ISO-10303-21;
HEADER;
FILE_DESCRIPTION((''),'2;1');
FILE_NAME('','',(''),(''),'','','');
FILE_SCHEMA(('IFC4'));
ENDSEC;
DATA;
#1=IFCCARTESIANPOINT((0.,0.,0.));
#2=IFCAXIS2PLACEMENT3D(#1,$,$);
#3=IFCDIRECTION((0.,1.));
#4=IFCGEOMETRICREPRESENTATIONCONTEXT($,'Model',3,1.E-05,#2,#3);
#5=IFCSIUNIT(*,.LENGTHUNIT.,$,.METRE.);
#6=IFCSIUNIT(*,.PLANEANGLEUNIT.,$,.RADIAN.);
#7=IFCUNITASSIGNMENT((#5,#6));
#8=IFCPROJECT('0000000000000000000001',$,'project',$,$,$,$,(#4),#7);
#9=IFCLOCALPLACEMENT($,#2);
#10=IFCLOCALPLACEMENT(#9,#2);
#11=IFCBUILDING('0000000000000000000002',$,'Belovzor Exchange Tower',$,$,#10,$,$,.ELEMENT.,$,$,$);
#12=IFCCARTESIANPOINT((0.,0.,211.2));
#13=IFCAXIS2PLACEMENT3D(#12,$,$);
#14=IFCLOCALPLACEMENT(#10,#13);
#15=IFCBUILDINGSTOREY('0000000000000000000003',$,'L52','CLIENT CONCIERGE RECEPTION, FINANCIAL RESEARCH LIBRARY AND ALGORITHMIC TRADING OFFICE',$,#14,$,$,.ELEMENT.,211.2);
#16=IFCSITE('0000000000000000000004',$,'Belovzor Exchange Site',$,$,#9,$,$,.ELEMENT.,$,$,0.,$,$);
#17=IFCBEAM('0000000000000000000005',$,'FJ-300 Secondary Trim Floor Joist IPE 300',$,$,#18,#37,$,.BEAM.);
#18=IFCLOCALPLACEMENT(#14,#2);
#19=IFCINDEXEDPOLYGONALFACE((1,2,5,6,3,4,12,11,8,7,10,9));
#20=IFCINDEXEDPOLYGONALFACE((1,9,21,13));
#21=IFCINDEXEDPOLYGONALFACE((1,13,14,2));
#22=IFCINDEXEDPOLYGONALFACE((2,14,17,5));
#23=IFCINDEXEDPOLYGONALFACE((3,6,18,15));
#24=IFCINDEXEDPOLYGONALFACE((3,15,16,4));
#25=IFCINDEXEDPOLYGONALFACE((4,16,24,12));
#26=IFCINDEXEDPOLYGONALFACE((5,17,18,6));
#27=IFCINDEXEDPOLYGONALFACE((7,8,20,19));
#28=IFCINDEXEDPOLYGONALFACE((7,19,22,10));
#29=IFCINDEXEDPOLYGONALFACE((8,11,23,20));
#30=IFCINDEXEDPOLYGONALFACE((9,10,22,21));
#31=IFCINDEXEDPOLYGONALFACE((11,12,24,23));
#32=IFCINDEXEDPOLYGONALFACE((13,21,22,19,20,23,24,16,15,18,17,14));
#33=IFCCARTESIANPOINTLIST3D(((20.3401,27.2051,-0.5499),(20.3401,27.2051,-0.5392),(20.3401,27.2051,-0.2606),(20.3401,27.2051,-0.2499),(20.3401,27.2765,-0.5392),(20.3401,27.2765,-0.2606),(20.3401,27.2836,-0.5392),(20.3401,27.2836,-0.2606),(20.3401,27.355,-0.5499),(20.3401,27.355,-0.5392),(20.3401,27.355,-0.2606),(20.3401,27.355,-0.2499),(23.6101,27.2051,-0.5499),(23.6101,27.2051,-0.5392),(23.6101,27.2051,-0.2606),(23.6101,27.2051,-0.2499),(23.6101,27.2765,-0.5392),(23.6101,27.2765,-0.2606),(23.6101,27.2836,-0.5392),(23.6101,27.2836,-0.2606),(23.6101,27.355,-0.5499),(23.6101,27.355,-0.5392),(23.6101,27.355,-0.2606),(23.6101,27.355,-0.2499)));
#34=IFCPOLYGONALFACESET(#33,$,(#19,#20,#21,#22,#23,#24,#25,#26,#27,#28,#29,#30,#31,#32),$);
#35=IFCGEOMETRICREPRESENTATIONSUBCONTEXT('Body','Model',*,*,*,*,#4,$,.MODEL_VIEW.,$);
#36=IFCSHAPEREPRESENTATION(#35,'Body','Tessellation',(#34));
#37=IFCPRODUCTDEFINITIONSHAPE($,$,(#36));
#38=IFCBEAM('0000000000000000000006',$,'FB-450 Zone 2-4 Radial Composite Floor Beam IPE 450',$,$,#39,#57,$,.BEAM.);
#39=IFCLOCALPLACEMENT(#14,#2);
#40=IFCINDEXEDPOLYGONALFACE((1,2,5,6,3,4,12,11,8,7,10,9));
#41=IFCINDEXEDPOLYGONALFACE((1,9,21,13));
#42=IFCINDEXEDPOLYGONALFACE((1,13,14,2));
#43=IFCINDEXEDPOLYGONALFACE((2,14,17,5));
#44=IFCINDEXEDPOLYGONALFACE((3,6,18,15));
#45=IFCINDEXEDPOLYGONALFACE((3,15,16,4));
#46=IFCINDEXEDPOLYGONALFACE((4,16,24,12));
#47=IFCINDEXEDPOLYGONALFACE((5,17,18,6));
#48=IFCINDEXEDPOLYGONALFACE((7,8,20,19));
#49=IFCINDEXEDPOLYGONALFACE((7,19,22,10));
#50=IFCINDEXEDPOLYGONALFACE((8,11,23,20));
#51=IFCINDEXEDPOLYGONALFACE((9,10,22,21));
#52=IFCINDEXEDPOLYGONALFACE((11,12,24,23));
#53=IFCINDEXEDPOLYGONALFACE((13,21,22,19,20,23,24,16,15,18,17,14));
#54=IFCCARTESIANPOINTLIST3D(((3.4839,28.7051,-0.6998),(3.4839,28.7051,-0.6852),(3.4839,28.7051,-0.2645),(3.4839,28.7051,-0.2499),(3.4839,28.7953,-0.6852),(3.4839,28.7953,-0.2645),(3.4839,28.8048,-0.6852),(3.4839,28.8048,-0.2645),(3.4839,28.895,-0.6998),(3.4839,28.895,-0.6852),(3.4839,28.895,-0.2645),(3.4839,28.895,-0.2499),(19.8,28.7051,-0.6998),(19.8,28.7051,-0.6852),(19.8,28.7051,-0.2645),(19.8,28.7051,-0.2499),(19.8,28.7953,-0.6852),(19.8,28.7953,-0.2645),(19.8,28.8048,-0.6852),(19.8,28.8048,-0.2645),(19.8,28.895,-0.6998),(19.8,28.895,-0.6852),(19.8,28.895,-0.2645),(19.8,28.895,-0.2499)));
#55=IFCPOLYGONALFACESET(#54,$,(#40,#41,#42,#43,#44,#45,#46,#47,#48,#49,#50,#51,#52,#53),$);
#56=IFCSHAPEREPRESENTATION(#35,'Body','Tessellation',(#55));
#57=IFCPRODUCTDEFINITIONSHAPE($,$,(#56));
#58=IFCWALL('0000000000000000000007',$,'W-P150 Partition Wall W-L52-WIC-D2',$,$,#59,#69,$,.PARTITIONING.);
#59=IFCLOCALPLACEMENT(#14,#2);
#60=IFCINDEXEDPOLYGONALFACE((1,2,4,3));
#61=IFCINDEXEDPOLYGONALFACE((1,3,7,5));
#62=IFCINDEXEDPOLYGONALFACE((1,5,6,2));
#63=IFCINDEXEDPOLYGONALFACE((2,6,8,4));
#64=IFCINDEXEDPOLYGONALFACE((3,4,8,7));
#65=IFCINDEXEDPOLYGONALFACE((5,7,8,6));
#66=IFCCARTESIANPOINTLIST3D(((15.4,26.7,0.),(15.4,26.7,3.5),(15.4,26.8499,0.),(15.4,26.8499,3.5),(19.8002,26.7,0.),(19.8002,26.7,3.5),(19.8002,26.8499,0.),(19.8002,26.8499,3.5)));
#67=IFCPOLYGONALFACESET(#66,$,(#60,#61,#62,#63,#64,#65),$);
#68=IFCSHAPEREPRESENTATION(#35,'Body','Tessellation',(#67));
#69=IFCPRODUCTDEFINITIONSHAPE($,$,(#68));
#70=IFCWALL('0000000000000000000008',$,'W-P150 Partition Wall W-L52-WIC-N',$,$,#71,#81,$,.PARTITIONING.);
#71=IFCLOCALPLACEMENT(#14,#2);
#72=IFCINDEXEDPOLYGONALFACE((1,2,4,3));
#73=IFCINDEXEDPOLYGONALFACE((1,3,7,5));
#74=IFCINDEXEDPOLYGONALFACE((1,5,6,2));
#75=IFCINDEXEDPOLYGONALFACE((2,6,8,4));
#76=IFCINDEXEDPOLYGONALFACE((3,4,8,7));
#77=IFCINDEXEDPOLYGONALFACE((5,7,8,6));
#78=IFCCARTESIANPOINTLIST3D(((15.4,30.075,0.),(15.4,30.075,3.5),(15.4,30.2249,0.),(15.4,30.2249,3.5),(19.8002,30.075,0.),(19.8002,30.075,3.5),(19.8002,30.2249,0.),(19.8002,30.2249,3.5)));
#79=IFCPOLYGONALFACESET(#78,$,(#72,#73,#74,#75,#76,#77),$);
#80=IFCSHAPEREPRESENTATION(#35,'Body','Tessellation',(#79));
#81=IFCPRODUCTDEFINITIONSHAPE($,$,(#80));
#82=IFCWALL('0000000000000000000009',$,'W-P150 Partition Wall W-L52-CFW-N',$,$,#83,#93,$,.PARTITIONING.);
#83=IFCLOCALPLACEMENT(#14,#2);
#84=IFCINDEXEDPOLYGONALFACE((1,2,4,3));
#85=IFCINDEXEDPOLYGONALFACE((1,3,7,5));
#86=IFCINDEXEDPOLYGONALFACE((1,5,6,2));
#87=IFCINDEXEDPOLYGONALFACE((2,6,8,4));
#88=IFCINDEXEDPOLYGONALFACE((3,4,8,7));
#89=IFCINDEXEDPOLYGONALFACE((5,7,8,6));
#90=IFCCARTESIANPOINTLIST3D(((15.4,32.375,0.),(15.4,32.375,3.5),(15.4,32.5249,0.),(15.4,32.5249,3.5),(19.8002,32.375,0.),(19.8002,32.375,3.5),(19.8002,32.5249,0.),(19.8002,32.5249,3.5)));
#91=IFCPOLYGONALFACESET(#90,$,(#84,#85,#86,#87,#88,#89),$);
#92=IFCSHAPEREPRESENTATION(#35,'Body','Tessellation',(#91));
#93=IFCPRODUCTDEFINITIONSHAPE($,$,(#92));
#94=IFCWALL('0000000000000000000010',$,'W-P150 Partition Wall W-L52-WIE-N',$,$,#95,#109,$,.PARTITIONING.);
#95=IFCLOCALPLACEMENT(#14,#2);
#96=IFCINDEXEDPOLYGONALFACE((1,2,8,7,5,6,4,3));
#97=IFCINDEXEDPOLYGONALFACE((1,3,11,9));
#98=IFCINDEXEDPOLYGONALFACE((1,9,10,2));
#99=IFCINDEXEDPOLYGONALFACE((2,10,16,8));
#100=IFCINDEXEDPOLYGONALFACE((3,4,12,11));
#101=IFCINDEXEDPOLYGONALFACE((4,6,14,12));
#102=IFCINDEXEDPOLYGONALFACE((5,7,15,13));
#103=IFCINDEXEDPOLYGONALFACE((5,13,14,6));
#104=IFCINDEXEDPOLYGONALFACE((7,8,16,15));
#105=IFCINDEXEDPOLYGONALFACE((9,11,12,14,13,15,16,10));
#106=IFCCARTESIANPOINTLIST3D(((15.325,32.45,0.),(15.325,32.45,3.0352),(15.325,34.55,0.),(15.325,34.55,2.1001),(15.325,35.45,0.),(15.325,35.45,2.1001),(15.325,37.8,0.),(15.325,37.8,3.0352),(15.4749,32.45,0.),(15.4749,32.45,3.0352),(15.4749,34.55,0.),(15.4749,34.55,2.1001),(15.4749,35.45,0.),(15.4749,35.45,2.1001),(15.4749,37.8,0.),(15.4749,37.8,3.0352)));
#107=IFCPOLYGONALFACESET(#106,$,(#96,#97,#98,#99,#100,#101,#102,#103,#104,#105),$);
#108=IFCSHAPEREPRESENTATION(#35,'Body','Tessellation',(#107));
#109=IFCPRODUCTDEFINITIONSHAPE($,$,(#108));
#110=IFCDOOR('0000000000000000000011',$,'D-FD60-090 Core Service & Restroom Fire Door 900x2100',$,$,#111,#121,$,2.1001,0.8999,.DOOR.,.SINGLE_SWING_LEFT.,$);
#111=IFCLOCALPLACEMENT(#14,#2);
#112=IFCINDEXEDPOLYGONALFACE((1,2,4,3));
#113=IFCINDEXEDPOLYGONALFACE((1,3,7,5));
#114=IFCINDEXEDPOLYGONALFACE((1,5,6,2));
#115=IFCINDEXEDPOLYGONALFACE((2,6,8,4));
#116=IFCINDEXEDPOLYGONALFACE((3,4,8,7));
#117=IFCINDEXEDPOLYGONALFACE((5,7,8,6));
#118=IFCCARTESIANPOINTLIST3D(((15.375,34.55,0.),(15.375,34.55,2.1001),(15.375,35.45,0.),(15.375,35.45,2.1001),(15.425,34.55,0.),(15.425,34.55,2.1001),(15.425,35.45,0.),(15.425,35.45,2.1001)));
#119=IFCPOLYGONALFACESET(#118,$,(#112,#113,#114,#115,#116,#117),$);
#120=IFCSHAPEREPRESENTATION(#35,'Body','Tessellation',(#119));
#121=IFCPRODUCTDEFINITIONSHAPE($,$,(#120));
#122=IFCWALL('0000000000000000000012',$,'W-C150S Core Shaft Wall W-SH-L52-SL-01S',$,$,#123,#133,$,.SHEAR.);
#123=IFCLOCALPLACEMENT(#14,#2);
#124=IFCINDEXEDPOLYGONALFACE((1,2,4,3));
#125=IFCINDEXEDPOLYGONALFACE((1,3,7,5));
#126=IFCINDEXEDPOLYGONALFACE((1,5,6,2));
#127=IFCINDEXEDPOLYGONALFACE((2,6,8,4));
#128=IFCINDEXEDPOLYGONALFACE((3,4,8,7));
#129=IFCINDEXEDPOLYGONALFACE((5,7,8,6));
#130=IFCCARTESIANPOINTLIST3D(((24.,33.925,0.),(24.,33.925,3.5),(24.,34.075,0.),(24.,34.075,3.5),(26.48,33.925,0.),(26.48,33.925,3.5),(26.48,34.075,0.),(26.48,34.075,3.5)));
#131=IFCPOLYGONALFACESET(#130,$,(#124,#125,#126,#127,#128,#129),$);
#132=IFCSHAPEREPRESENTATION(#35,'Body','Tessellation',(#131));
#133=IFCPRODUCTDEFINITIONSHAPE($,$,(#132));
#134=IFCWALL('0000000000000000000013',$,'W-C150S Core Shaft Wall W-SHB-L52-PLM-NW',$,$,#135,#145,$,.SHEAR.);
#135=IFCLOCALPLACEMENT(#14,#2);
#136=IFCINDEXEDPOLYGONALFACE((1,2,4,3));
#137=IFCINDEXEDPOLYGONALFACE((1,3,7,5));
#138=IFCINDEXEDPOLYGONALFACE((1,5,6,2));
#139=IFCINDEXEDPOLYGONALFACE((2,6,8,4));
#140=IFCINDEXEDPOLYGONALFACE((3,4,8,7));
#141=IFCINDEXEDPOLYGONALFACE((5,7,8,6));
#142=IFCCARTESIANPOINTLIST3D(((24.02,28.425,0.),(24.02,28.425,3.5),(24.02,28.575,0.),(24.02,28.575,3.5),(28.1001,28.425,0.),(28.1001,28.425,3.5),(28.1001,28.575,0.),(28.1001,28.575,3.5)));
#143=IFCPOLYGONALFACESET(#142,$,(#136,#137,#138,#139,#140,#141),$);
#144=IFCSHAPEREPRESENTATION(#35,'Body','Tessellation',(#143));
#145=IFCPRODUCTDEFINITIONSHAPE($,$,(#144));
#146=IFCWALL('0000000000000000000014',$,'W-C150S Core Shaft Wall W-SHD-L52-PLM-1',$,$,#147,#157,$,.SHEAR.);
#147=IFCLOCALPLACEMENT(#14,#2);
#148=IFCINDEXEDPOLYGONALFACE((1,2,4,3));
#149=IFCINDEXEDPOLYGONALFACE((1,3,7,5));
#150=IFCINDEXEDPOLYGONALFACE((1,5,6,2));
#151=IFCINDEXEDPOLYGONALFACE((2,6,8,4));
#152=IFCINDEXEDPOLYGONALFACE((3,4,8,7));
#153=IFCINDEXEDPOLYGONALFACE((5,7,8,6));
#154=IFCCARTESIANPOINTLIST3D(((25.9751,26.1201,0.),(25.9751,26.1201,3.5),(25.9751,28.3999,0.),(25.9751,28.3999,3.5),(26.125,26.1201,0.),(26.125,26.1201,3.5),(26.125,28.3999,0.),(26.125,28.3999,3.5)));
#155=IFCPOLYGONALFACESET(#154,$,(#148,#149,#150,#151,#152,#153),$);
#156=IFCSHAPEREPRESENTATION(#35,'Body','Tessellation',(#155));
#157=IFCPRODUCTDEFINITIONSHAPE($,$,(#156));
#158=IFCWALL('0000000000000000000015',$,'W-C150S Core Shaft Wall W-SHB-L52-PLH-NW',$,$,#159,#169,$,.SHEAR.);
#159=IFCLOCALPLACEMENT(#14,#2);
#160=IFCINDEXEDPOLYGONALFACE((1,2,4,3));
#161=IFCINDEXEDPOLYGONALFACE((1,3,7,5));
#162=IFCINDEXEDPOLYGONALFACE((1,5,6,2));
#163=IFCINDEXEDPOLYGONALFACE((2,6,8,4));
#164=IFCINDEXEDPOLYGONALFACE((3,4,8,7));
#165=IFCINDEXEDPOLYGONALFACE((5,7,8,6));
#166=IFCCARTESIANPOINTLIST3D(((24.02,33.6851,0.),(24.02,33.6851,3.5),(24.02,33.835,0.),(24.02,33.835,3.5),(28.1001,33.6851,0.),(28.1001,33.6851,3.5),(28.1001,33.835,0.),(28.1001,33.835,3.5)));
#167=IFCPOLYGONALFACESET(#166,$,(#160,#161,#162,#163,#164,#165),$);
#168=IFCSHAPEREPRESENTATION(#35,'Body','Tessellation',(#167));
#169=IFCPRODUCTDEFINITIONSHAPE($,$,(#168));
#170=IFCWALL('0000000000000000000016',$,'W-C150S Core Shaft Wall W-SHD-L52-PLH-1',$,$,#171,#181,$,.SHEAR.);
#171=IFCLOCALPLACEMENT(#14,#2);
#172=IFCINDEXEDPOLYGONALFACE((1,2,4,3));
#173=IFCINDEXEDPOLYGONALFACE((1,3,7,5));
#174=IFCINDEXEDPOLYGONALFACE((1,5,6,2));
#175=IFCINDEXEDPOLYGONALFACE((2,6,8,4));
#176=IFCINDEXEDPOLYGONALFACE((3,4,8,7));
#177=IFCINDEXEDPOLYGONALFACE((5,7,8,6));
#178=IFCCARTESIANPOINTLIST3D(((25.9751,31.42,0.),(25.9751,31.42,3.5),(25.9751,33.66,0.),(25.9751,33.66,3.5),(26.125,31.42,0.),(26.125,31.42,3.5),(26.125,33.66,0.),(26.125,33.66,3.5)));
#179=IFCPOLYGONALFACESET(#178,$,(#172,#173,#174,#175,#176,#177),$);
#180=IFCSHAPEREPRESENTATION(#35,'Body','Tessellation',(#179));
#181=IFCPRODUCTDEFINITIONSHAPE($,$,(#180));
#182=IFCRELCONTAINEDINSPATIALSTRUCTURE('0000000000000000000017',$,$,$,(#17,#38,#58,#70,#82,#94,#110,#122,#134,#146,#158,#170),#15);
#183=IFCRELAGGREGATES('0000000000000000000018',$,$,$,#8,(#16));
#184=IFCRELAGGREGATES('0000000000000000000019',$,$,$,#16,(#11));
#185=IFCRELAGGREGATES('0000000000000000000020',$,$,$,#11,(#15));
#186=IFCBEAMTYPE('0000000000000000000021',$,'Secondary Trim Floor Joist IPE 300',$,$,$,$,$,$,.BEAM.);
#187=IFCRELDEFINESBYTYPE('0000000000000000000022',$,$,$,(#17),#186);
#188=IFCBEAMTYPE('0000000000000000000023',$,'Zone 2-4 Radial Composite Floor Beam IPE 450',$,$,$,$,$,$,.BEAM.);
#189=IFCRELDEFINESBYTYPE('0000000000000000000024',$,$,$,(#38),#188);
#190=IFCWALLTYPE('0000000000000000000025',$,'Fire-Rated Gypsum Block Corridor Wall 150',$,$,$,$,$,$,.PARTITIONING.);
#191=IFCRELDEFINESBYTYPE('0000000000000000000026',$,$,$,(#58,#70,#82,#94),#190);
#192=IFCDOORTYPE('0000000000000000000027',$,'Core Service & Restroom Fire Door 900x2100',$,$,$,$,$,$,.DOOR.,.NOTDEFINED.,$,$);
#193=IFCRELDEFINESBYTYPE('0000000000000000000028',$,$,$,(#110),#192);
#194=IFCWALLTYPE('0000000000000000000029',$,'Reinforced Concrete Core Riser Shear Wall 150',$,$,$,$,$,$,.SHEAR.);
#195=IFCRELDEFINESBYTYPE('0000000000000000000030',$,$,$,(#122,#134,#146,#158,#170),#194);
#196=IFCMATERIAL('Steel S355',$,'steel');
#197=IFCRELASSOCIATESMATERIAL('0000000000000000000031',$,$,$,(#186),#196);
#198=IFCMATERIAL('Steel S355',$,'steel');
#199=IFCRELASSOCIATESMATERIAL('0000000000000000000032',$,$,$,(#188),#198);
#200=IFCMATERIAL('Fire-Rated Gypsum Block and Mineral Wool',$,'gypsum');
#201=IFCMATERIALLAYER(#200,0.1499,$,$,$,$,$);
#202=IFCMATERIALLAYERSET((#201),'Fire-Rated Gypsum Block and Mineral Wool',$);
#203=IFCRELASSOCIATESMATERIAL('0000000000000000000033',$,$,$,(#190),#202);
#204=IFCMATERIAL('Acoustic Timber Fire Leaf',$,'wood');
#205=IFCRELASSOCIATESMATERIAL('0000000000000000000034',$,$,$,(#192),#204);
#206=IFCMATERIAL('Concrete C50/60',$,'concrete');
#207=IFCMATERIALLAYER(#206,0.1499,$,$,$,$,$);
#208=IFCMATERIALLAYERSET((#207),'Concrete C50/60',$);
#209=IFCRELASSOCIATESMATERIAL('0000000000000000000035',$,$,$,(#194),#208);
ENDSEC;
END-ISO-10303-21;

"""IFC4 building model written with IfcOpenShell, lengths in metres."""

from ifc_helpers import new_model, si_unit, direction, frame, frame_2d, origin, origin_2d, place, context, subcontext, project, spatial, rectangle, i_section, extrude, material, layer, layer_set, material_profile, profile_set, type_object, element, fill, save


model = new_model("IFC4")

# Units and contexts
model_context = context("Model", 3, precision=1e-05, world=origin(), true_north=direction((0.0, 1.0)))
body_context = subcontext(model_context, "Body", "Model", "MODEL_VIEW")
ifc_project = project(units=[si_unit("LENGTHUNIT", "METRE"), si_unit("PLANEANGLEUNIT", "RADIAN")], contexts=[model_context])

# Site, building, storey
site_placement = place(None, origin())
site = spatial("IfcSite", under=ifc_project, at=site_placement, Name="Belovzor Exchange Site", CompositionType="ELEMENT", RefElevation=0.0)
building_placement = place(site_placement, origin())
building = spatial("IfcBuilding", under=site, at=building_placement, Name="Belovzor Exchange Tower", CompositionType="ELEMENT")
storey_placement = place(building_placement, frame((0.0, 0.0, 211.2)))
storey = spatial("IfcBuildingStorey", under=building, at=storey_placement, Name="L52", Description="CLIENT CONCIERGE RECEPTION, FINANCIAL RESEARCH LIBRARY AND ALGORITHMIC TRADING OFFICE", CompositionType="ELEMENT", Elevation=211.2)

# Beams
ifc_material_1 = material(Name="Steel S355", Category="steel")
ifc_material_profile_1 = material_profile(ifc_material_1, i_section(OverallWidth=0.1499, OverallDepth=0.3, WebThickness=0.0071, FlangeThickness=0.0107, at=origin_2d()))
ifc_profile_set_1 = profile_set([ifc_material_profile_1], Name="Steel S355")
beam_type_1 = type_object("IfcBeamType", Name="Secondary Trim Floor Joist IPE 300", PredefinedType="BEAM", material=ifc_profile_set_1)
beam_1_placement = place(storey_placement, frame((20.3401, 27.28, -0.3999), z_axis=(1.0, 0.0, 0.0), x_axis=(0.0, 1.0, 0.0)))
element("IfcBeam", 1, at=beam_1_placement, inside=storey, type_object=beam_type_1, Name="FJ-300 Secondary Trim Floor Joist IPE 300", PredefinedType="BEAM", context=body_context, shape_type="SweptSolid", body=[
    extrude(i_section(OverallWidth=0.1499, OverallDepth=0.3, WebThickness=0.0071, FlangeThickness=0.0107, at=origin_2d()), origin(), (0.0, 0.0, 1.0), 3.27),
])
ifc_material_2 = material(Name="Steel S355", Category="steel")
ifc_material_profile_2 = material_profile(ifc_material_2, i_section(OverallWidth=0.1899, OverallDepth=0.45, WebThickness=0.0095, FlangeThickness=0.0146, at=origin_2d()))
ifc_profile_set_2 = profile_set([ifc_material_profile_2], Name="Steel S355")
beam_type_2 = type_object("IfcBeamType", Name="Zone 2-4 Radial Composite Floor Beam IPE 450", PredefinedType="BEAM", material=ifc_profile_set_2)
beam_2_placement = place(storey_placement, frame((19.8, 28.8, -0.4749), z_axis=(-1.0, 0.0, 0.0), x_axis=(0.0, -1.0, 0.0)))
element("IfcBeam", 2, at=beam_2_placement, inside=storey, type_object=beam_type_2, Name="FB-450 Zone 2-4 Radial Composite Floor Beam IPE 450", PredefinedType="BEAM", context=body_context, shape_type="SweptSolid", body=[
    extrude(i_section(OverallWidth=0.1899, OverallDepth=0.45, WebThickness=0.0095, FlangeThickness=0.0146, at=origin_2d()), origin(), (0.0, 0.0, 1.0), 16.3162),
])

# Walls
ifc_material_3 = material(Name="Fire-Rated Gypsum Block and Mineral Wool", Category="gypsum")
ifc_layer_1 = layer(ifc_material_3, 0.1499)
ifc_layer_set_1 = layer_set([ifc_layer_1], Name="Fire-Rated Gypsum Block and Mineral Wool")
wall_type_1 = type_object("IfcWallType", Name="Fire-Rated Gypsum Block Corridor Wall 150", PredefinedType="PARTITIONING", material=ifc_layer_set_1)
for number, where, z_axis, x_axis, name in (
    (3, (15.3999, 26.7749, 0.0), (0.0, 0.0, 1.0), (1.0, 0.0, 0.0), "W-P150 Partition Wall W-L52-WIC-D2"),
    (4, (15.3999, 30.1499, 0.0), (0.0, 0.0, 1.0), (1.0, 0.0, 0.0), "W-P150 Partition Wall W-L52-WIC-N"),
    (5, (15.3999, 32.45, 0.0), (0.0, 0.0, 1.0), (1.0, 0.0, 0.0), "W-P150 Partition Wall W-L52-CFW-N"),
):
    element("IfcWall", number, at=place(storey_placement, frame(where, z_axis=z_axis, x_axis=x_axis)), inside=storey, type_object=wall_type_1, Name=name, PredefinedType="PARTITIONING", context=body_context, shape_type="SweptSolid", body=[
        extrude(rectangle(XDim=4.4001, YDim=0.1499, at=frame_2d((2.2002, 0.0))), origin(), (0.0, 0.0, 1.0), 3.5),
    ])

# Wall, opening, door
wall_1_placement = place(storey_placement, frame((15.3999, 32.45, 0.0), z_axis=(0.0, 0.0, 1.0), x_axis=(0.0, 1.0, 0.0)))
wall_1 = element("IfcWall", 6, at=wall_1_placement, inside=storey, type_object=wall_type_1, Name="W-P150 Partition Wall W-L52-WIE-N", PredefinedType="PARTITIONING", context=body_context, shape_type="SweptSolid", body=[
    extrude(rectangle(XDim=5.3501, YDim=0.1499, at=frame_2d((2.675, 0.0))), origin(), (0.0, 0.0, 1.0), 3.0352),
])
opening_1_placement = place(wall_1_placement, frame((2.1001, 0.0, 0.0)))
opening_1 = element("IfcOpeningElement", 7, at=opening_1_placement, cuts=wall_1, PredefinedType="OPENING", context=body_context, shape_type="SweptSolid", body=[
    extrude(rectangle(XDim=0.8999, YDim=2.1001, at=frame_2d((0.45, 1.05))), frame((0.0, 0.085, 0.0), z_axis=(0.0, -1.0, 0.0), x_axis=(1.0, 0.0, 0.0)), (0.0, 0.0, 1.0), 0.1699),
])
ifc_material_4 = material(Name="Acoustic Timber Fire Leaf", Category="wood")
door_type_1 = type_object("IfcDoorType", Name="Core Service & Restroom Fire Door 900x2100", OperationType="NOTDEFINED", PredefinedType="DOOR", material=ifc_material_4)
door_1_placement = place(opening_1_placement, origin())
door_1 = element("IfcDoor", 8, at=door_1_placement, inside=storey, type_object=door_type_1, Name="D-FD60-090 Core Service & Restroom Fire Door 900x2100", OperationType="SINGLE_SWING_LEFT", OverallHeight=2.1001, OverallWidth=0.8999, PredefinedType="DOOR", context=body_context, shape_type="SweptSolid", body=[
    extrude(rectangle(XDim=0.8999, YDim=2.1001, at=frame_2d((0.45, 1.05))), frame((0.0, 0.0249, 0.0), z_axis=(0.0, -1.0, 0.0), x_axis=(1.0, 0.0, 0.0)), (0.0, 0.0, 1.0), 0.05),
])
fill(opening_1, door_1)

# Walls
ifc_material_5 = material(Name="Concrete C50/60", Category="concrete")
ifc_layer_2 = layer(ifc_material_5, 0.1499)
ifc_layer_set_2 = layer_set([ifc_layer_2], Name="Concrete C50/60")
wall_type_2 = type_object("IfcWallType", Name="Reinforced Concrete Core Riser Shear Wall 150", PredefinedType="SHEAR", material=ifc_layer_set_2)
wall_2_placement = place(storey_placement, frame((24.0, 34.0, 0.0), z_axis=(0.0, 0.0, 1.0), x_axis=(1.0, 0.0, 0.0)))
element("IfcWall", 9, at=wall_2_placement, inside=storey, type_object=wall_type_2, Name="W-C150S Core Shaft Wall W-SH-L52-SL-01S", PredefinedType="SHEAR", context=body_context, shape_type="SweptSolid", body=[
    extrude(rectangle(XDim=2.48, YDim=0.1499, at=frame_2d((1.24, 0.0))), origin(), (0.0, 0.0, 1.0), 3.5),
])
wall_3_placement = place(storey_placement, frame((24.02, 28.5, 0.0), z_axis=(0.0, 0.0, 1.0), x_axis=(1.0, 0.0, 0.0)))
element("IfcWall", 10, at=wall_3_placement, inside=storey, type_object=wall_type_2, Name="W-C150S Core Shaft Wall W-SHB-L52-PLM-NW", PredefinedType="SHEAR", context=body_context, shape_type="SweptSolid", body=[
    extrude(rectangle(XDim=4.0801, YDim=0.1499, at=frame_2d((2.04, 0.0))), origin(), (0.0, 0.0, 1.0), 3.5),
])
wall_4_placement = place(storey_placement, frame((26.05, 26.1201, 0.0), z_axis=(0.0, 0.0, 1.0), x_axis=(0.0, 1.0, 0.0)))
element("IfcWall", 11, at=wall_4_placement, inside=storey, type_object=wall_type_2, Name="W-C150S Core Shaft Wall W-SHD-L52-PLM-1", PredefinedType="SHEAR", context=body_context, shape_type="SweptSolid", body=[
    extrude(rectangle(XDim=2.2798, YDim=0.1499, at=frame_2d((1.1399, 0.0))), origin(), (0.0, 0.0, 1.0), 3.5),
])
wall_5_placement = place(storey_placement, frame((24.02, 33.76, 0.0), z_axis=(0.0, 0.0, 1.0), x_axis=(1.0, 0.0, 0.0)))
element("IfcWall", 12, at=wall_5_placement, inside=storey, type_object=wall_type_2, Name="W-C150S Core Shaft Wall W-SHB-L52-PLH-NW", PredefinedType="SHEAR", context=body_context, shape_type="SweptSolid", body=[
    extrude(rectangle(XDim=4.0801, YDim=0.1499, at=frame_2d((2.04, 0.0))), origin(), (0.0, 0.0, 1.0), 3.5),
])
wall_6_placement = place(storey_placement, frame((26.05, 31.4199, 0.0), z_axis=(0.0, 0.0, 1.0), x_axis=(0.0, 1.0, 0.0)))
element("IfcWall", 13, at=wall_6_placement, inside=storey, type_object=wall_type_2, Name="W-C150S Core Shaft Wall W-SHD-L52-PLH-1", PredefinedType="SHEAR", context=body_context, shape_type="SweptSolid", body=[
    extrude(rectangle(XDim=2.24, YDim=0.1499, at=frame_2d((1.1201, 0.0))), origin(), (0.0, 0.0, 1.0), 3.5),
])

save(model, "model.ifc")
